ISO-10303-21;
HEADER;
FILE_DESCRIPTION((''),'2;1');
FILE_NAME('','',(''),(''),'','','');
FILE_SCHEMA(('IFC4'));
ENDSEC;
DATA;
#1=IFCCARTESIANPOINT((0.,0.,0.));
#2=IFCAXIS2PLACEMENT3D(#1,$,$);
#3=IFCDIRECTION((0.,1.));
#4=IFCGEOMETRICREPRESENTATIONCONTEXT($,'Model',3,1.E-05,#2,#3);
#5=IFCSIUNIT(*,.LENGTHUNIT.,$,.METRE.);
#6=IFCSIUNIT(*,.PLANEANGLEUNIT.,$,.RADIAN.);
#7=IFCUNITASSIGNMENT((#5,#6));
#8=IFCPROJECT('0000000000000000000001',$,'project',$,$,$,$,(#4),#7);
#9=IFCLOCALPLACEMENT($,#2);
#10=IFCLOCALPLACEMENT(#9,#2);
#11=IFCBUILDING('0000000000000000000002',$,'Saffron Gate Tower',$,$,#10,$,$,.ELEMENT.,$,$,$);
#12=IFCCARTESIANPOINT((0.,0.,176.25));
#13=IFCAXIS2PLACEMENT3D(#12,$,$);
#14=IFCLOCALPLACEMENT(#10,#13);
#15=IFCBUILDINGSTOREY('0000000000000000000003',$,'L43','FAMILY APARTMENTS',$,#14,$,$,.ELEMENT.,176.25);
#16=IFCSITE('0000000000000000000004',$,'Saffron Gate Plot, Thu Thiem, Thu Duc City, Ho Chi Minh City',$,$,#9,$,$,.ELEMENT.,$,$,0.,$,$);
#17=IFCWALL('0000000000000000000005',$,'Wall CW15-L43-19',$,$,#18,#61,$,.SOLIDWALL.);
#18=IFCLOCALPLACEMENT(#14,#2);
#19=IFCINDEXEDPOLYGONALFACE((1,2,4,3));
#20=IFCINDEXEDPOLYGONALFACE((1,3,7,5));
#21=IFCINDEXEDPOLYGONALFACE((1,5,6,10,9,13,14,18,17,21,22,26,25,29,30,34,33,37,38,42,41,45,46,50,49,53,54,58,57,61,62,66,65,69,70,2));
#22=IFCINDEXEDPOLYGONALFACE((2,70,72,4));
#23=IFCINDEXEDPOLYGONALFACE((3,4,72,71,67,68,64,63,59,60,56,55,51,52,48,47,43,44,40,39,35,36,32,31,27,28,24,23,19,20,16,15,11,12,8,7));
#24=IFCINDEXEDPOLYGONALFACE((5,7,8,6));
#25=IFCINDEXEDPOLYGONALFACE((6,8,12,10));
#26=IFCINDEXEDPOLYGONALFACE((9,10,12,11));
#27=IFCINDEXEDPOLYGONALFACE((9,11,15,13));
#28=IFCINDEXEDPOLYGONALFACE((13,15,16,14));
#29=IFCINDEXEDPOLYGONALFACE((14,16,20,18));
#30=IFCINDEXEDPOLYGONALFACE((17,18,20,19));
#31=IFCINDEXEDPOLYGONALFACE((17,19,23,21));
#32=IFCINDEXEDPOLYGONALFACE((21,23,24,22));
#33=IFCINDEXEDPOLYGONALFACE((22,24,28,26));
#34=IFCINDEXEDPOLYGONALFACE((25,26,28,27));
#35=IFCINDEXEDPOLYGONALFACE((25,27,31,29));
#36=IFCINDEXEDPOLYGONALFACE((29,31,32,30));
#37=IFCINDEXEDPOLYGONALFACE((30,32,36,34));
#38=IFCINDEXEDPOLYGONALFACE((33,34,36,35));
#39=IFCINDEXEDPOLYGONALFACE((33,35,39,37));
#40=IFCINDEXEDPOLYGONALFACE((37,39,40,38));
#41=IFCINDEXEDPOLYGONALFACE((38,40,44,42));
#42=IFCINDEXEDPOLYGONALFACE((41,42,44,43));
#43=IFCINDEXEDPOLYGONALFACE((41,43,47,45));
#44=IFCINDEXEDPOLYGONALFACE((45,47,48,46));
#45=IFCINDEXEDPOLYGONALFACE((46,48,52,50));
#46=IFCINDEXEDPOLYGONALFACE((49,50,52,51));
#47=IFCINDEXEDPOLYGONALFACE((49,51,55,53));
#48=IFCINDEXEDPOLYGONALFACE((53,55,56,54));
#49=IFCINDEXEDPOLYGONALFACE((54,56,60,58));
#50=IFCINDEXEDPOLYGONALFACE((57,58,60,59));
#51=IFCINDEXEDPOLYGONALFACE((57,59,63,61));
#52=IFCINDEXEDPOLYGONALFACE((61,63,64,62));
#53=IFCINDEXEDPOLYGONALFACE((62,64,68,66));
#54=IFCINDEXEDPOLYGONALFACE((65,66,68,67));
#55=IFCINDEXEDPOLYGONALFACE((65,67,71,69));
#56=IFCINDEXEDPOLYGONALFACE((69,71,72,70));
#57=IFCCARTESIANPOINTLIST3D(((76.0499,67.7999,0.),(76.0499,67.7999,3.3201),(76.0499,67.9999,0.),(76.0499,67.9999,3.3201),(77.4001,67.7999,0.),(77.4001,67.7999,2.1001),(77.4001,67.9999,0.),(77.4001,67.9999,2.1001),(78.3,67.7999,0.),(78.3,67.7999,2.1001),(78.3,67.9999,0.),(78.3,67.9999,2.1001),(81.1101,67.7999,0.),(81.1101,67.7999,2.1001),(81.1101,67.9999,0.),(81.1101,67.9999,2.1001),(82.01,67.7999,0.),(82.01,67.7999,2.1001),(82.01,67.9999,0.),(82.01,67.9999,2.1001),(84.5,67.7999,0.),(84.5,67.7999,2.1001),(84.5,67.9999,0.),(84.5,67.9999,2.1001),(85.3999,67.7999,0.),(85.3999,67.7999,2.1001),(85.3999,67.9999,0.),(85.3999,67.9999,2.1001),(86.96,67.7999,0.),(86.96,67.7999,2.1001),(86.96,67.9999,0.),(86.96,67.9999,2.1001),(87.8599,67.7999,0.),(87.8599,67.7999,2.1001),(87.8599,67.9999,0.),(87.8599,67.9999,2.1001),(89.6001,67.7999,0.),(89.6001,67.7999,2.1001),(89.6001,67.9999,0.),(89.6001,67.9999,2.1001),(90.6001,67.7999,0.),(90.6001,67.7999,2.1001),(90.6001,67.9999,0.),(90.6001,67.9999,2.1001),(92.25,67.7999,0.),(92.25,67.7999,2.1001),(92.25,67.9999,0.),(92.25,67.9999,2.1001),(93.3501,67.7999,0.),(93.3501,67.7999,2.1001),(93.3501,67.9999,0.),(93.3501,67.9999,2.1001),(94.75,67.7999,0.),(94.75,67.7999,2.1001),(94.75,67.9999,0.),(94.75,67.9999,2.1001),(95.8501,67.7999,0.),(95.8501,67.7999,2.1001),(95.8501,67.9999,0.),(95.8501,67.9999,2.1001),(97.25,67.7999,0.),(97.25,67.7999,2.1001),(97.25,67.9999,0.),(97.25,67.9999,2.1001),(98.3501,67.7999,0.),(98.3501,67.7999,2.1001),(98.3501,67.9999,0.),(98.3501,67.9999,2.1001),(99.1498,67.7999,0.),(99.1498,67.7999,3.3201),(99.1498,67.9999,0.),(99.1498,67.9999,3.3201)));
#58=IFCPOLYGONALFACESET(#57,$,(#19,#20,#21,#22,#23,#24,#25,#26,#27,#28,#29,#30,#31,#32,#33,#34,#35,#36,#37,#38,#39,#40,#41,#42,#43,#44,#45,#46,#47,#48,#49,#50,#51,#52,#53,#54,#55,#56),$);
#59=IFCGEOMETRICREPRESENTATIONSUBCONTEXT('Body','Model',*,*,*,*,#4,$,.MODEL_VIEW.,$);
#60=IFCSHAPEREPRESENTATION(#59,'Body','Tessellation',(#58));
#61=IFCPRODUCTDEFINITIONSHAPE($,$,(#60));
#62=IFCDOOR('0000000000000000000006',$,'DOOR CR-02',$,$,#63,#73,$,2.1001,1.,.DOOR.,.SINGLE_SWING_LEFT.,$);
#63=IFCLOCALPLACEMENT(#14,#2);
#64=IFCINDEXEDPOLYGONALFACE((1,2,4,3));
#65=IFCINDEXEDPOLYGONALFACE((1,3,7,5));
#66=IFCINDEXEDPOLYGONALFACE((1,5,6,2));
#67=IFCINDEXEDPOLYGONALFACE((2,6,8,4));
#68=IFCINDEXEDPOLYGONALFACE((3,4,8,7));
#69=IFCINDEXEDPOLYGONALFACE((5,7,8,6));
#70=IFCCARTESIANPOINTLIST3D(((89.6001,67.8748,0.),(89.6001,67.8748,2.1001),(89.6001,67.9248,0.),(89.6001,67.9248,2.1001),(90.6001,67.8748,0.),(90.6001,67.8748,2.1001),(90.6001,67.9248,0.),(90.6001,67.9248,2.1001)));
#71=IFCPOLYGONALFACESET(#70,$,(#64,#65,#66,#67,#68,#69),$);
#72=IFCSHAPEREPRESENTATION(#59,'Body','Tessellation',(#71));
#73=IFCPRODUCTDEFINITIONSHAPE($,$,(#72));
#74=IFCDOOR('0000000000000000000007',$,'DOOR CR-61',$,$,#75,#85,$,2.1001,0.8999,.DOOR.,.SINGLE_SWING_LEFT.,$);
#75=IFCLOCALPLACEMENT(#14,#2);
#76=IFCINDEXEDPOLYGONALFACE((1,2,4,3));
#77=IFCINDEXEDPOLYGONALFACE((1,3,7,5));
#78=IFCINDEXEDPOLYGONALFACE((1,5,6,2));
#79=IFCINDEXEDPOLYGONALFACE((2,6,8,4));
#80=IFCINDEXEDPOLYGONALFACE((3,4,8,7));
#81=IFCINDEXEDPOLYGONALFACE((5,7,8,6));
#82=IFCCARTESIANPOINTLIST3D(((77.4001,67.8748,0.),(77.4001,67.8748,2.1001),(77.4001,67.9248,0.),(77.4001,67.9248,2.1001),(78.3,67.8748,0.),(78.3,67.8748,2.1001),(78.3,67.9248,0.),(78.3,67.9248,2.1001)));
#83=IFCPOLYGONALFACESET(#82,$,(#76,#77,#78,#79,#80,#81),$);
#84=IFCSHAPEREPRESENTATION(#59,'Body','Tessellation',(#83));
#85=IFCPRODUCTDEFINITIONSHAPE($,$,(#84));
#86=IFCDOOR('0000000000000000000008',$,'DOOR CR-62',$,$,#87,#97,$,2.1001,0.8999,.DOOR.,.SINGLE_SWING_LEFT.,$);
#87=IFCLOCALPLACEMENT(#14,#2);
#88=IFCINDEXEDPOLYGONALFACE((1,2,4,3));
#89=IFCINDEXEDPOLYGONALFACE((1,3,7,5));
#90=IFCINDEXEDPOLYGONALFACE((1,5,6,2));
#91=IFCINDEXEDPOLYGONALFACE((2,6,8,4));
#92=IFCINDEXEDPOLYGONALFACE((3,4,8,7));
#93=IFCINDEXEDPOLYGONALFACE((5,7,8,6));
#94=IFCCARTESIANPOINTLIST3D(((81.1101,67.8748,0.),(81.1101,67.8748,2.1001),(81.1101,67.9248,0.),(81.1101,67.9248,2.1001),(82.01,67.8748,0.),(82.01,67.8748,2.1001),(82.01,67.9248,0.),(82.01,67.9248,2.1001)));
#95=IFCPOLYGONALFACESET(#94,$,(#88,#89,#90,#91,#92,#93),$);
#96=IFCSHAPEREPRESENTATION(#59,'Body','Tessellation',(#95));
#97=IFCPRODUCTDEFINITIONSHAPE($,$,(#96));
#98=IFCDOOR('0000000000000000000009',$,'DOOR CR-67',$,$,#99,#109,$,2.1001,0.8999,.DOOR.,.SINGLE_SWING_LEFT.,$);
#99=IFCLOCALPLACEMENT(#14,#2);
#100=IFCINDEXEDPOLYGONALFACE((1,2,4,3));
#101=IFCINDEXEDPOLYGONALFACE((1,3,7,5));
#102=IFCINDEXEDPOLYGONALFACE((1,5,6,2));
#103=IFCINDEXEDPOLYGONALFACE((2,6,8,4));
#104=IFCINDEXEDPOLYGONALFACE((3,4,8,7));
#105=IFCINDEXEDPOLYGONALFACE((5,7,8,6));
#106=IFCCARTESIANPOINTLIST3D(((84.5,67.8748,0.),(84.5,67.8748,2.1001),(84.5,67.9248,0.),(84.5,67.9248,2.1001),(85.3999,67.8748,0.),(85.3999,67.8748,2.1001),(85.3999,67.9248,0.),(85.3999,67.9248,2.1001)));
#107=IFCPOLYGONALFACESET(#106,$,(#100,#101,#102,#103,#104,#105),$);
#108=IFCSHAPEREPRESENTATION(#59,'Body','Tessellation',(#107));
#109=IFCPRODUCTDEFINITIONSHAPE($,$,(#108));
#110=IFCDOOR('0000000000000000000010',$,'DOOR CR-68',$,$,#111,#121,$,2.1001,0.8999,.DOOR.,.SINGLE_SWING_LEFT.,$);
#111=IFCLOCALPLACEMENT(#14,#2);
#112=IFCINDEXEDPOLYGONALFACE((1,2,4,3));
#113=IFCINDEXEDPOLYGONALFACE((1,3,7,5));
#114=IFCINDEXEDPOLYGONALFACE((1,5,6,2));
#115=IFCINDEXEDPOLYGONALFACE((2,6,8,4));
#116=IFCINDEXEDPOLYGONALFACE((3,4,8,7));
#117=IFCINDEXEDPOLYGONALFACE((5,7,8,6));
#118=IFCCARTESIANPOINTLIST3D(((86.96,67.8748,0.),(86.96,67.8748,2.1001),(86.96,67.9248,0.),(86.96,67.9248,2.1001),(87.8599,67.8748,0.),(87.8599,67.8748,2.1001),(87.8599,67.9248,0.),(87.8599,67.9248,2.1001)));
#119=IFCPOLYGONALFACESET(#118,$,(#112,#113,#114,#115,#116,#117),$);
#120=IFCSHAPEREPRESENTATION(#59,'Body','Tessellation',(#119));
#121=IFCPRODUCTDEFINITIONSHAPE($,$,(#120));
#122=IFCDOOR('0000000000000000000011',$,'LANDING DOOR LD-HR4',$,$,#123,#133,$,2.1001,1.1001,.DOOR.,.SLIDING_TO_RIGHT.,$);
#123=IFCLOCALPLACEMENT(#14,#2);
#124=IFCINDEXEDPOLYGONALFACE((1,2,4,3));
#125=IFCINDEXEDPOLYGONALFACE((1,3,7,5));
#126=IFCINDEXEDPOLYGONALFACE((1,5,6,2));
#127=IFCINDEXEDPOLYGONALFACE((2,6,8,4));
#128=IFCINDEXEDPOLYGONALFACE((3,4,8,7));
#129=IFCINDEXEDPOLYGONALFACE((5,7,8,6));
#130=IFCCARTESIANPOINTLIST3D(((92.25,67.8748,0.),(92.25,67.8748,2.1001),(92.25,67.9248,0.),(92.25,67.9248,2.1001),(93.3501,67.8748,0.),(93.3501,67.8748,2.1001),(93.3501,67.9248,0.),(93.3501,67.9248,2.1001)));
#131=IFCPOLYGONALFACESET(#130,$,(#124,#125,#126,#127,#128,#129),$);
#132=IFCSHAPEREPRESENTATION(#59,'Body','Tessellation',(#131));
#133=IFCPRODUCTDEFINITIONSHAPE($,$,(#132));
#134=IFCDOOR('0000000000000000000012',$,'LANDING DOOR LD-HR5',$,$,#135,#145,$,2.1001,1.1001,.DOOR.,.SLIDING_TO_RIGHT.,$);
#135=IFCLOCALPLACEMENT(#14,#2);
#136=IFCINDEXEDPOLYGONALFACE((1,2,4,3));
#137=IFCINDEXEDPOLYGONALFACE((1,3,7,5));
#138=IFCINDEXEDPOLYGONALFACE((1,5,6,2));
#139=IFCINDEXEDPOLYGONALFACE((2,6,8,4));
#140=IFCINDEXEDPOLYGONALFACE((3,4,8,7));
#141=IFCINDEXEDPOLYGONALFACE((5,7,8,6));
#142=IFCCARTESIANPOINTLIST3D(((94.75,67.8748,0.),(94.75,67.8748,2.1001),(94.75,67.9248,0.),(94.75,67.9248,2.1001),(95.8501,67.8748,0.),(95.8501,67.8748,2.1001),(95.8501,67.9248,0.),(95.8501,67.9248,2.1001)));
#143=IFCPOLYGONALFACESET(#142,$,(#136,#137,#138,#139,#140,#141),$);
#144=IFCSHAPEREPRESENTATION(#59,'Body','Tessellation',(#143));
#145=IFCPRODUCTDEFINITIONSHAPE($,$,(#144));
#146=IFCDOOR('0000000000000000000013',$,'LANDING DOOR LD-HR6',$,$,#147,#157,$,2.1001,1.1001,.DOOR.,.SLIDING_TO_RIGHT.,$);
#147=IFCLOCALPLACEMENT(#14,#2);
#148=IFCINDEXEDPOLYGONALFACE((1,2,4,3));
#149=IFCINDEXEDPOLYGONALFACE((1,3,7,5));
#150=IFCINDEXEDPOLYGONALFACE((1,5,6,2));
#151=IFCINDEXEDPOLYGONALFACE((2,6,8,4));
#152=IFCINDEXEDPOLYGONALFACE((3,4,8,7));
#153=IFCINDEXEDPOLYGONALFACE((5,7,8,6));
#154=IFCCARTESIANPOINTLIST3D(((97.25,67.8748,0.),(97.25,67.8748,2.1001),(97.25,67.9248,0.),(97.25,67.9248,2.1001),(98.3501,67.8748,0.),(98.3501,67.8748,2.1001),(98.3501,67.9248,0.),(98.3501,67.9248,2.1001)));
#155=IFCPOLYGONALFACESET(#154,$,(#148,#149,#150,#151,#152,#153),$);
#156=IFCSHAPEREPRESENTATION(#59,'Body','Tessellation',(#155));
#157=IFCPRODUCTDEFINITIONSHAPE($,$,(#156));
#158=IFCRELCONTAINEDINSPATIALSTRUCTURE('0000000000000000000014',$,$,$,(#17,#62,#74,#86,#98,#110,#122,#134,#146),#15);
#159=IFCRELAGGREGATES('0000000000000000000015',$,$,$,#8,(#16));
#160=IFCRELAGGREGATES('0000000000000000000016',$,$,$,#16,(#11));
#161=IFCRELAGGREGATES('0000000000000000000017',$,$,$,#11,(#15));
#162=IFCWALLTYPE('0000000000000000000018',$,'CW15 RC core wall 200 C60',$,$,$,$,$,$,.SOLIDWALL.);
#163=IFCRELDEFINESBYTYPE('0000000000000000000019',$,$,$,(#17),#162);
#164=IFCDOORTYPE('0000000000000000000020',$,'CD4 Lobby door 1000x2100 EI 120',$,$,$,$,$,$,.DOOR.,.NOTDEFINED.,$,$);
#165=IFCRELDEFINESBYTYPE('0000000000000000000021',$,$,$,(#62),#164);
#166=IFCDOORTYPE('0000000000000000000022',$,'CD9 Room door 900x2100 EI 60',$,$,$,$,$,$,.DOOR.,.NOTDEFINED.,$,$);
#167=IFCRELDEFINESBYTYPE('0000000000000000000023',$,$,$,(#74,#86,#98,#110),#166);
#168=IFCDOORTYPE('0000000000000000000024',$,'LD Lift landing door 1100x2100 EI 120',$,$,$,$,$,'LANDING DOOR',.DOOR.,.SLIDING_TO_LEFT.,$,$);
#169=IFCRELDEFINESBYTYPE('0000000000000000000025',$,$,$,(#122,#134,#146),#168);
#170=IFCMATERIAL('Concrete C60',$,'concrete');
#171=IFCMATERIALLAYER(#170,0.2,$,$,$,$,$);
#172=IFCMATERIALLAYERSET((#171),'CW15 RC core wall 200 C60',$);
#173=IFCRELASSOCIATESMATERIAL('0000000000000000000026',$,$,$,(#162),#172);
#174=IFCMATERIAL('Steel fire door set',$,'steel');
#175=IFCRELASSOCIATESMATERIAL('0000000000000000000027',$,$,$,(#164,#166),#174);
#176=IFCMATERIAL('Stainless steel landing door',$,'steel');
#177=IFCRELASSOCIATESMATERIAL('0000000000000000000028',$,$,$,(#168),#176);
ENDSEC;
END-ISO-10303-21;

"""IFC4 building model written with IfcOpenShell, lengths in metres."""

from ifc_helpers import new_model, si_unit, direction, frame, frame_2d, origin, place, context, subcontext, project, spatial, rectangle, extrude, material, layer, layer_set, type_object, element, fill, save


model = new_model("IFC4")

# Units and contexts
model_context = context("Model", 3, precision=1e-05, world=origin(), true_north=direction((0.0, 1.0)))
body_context = subcontext(model_context, "Body", "Model", "MODEL_VIEW")
ifc_project = project(units=[si_unit("LENGTHUNIT", "METRE"), si_unit("PLANEANGLEUNIT", "RADIAN")], contexts=[model_context])

# Site, building, storey
site_placement = place(None, origin())
site = spatial("IfcSite", under=ifc_project, at=site_placement, Name="Saffron Gate Plot, Thu Thiem, Thu Duc City, Ho Chi Minh City", CompositionType="ELEMENT", RefElevation=0.0)
building_placement = place(site_placement, origin())
building = spatial("IfcBuilding", under=site, at=building_placement, Name="Saffron Gate Tower", CompositionType="ELEMENT")
storey_placement = place(building_placement, frame((0.0, 0.0, 176.25)))
storey = spatial("IfcBuildingStorey", under=building, at=storey_placement, Name="L43", Description="FAMILY APARTMENTS", CompositionType="ELEMENT", Elevation=176.25)

# Shared definitions
ifc_material_1 = material(Name="Concrete C60", Category="concrete")

# Wall, openings, doors
ifc_layer_1 = layer(ifc_material_1, 0.2)
ifc_layer_set_1 = layer_set([ifc_layer_1], Name="CW15 RC core wall 200 C60")
wall_type_1 = type_object("IfcWallType", Name="CW15 RC core wall 200 C60", PredefinedType="SOLIDWALL", material=ifc_layer_set_1)
wall_1_placement = place(storey_placement, frame((76.05, 67.8999, 0.0), z_axis=(0.0, 0.0, 1.0), x_axis=(1.0, 0.0, 0.0)))
wall_1 = element("IfcWall", 1, at=wall_1_placement, inside=storey, type_object=wall_type_1, Name="Wall CW15-L43-19", PredefinedType="SOLIDWALL", context=body_context, shape_type="SweptSolid", body=[
    extrude(rectangle(XDim=23.0999, YDim=0.2, at=frame_2d((11.5498, 0.0))), origin(), (0.0, 0.0, 1.0), 3.3201),
])
opening_1_placement = place(wall_1_placement, frame((1.3501, 0.0, 0.0)))
opening_1 = element("IfcOpeningElement", 2, at=opening_1_placement, cuts=wall_1, PredefinedType="OPENING", context=body_context, shape_type="SweptSolid", body=[
    extrude(rectangle(XDim=0.8999, YDim=2.1001, at=frame_2d((0.45, 1.05))), frame((0.0, 0.1099, 0.0), z_axis=(0.0, -1.0, 0.0), x_axis=(1.0, 0.0, 0.0)), (0.0, 0.0, 1.0), 0.22),
])
opening_2_placement = place(wall_1_placement, frame((5.0601, 0.0, 0.0)))
opening_2 = element("IfcOpeningElement", 3, at=opening_2_placement, cuts=wall_1, PredefinedType="OPENING", context=body_context, shape_type="SweptSolid", body=[
    extrude(rectangle(XDim=0.8999, YDim=2.1001, at=frame_2d((0.45, 1.05))), frame((0.0, 0.1099, 0.0), z_axis=(0.0, -1.0, 0.0), x_axis=(1.0, 0.0, 0.0)), (0.0, 0.0, 1.0), 0.22),
])
opening_3_placement = place(wall_1_placement, frame((8.45, 0.0, 0.0)))
opening_3 = element("IfcOpeningElement", 4, at=opening_3_placement, cuts=wall_1, PredefinedType="OPENING", context=body_context, shape_type="SweptSolid", body=[
    extrude(rectangle(XDim=0.8999, YDim=2.1001, at=frame_2d((0.45, 1.05))), frame((0.0, 0.1099, 0.0), z_axis=(0.0, -1.0, 0.0), x_axis=(1.0, 0.0, 0.0)), (0.0, 0.0, 1.0), 0.22),
])
opening_4_placement = place(wall_1_placement, frame((10.9099, 0.0, 0.0)))
opening_4 = element("IfcOpeningElement", 5, at=opening_4_placement, cuts=wall_1, PredefinedType="OPENING", context=body_context, shape_type="SweptSolid", body=[
    extrude(rectangle(XDim=0.8999, YDim=2.1001, at=frame_2d((0.45, 1.05))), frame((0.0, 0.1099, 0.0), z_axis=(0.0, -1.0, 0.0), x_axis=(1.0, 0.0, 0.0)), (0.0, 0.0, 1.0), 0.22),
])
opening_5_placement = place(wall_1_placement, frame((13.55, 0.0, 0.0)))
opening_5 = element("IfcOpeningElement", 6, at=opening_5_placement, cuts=wall_1, PredefinedType="OPENING", context=body_context, shape_type="SweptSolid", body=[
    extrude(rectangle(XDim=1.0, YDim=2.1001, at=frame_2d((0.5, 1.05))), frame((0.0, 0.1099, 0.0), z_axis=(0.0, -1.0, 0.0), x_axis=(1.0, 0.0, 0.0)), (0.0, 0.0, 1.0), 0.22),
])
opening_6_placement = place(wall_1_placement, frame((16.2, 0.0, 0.0)))
opening_6 = element("IfcOpeningElement", 7, at=opening_6_placement, cuts=wall_1, PredefinedType="OPENING", context=body_context, shape_type="SweptSolid", body=[
    extrude(rectangle(XDim=1.1001, YDim=2.1001, at=frame_2d((0.55, 1.05))), frame((0.0, 0.1099, 0.0), z_axis=(0.0, -1.0, 0.0), x_axis=(1.0, 0.0, 0.0)), (0.0, 0.0, 1.0), 0.22),
])
opening_7_placement = place(wall_1_placement, frame((18.7, 0.0, 0.0)))
opening_7 = element("IfcOpeningElement", 8, at=opening_7_placement, cuts=wall_1, PredefinedType="OPENING", context=body_context, shape_type="SweptSolid", body=[
    extrude(rectangle(XDim=1.1001, YDim=2.1001, at=frame_2d((0.55, 1.05))), frame((0.0, 0.1099, 0.0), z_axis=(0.0, -1.0, 0.0), x_axis=(1.0, 0.0, 0.0)), (0.0, 0.0, 1.0), 0.22),
])
opening_8_placement = place(wall_1_placement, frame((21.2, 0.0, 0.0)))
opening_8 = element("IfcOpeningElement", 9, at=opening_8_placement, cuts=wall_1, PredefinedType="OPENING", context=body_context, shape_type="SweptSolid", body=[
    extrude(rectangle(XDim=1.1001, YDim=2.1001, at=frame_2d((0.55, 1.05))), frame((0.0, 0.1099, 0.0), z_axis=(0.0, -1.0, 0.0), x_axis=(1.0, 0.0, 0.0)), (0.0, 0.0, 1.0), 0.22),
])
ifc_material_2 = material(Name="Steel fire door set", Category="steel")
door_type_1 = type_object("IfcDoorType", Name="CD4 Lobby door 1000x2100 EI 120", OperationType="NOTDEFINED", PredefinedType="DOOR", material=ifc_material_2)
door_1_placement = place(opening_5_placement, origin())
door_1 = element("IfcDoor", 10, at=door_1_placement, inside=storey, type_object=door_type_1, Name="DOOR CR-02", OperationType="SINGLE_SWING_LEFT", OverallHeight=2.1001, OverallWidth=1.0, PredefinedType="DOOR", context=body_context, shape_type="SweptSolid", body=[
    extrude(rectangle(XDim=1.0, YDim=2.1001, at=frame_2d((0.5, 1.05))), frame((0.0, 0.0249, 0.0), z_axis=(0.0, -1.0, 0.0), x_axis=(1.0, 0.0, 0.0)), (0.0, 0.0, 1.0), 0.05),
])
fill(opening_5, door_1)
door_type_2 = type_object("IfcDoorType", Name="CD9 Room door 900x2100 EI 60", OperationType="NOTDEFINED", PredefinedType="DOOR", material=ifc_material_2)
door_2_placement = place(opening_1_placement, origin())
door_2 = element("IfcDoor", 11, at=door_2_placement, inside=storey, type_object=door_type_2, Name="DOOR CR-61", OperationType="SINGLE_SWING_LEFT", OverallHeight=2.1001, OverallWidth=0.8999, PredefinedType="DOOR", context=body_context, shape_type="SweptSolid", body=[
    extrude(rectangle(XDim=0.8999, YDim=2.1001, at=frame_2d((0.45, 1.05))), frame((0.0, 0.0249, 0.0), z_axis=(0.0, -1.0, 0.0), x_axis=(1.0, 0.0, 0.0)), (0.0, 0.0, 1.0), 0.05),
])
fill(opening_1, door_2)
door_3_placement = place(opening_2_placement, origin())
door_3 = element("IfcDoor", 12, at=door_3_placement, inside=storey, type_object=door_type_2, Name="DOOR CR-62", OperationType="SINGLE_SWING_LEFT", OverallHeight=2.1001, OverallWidth=0.8999, PredefinedType="DOOR", context=body_context, shape_type="SweptSolid", body=[
    extrude(rectangle(XDim=0.8999, YDim=2.1001, at=frame_2d((0.45, 1.05))), frame((0.0, 0.0249, 0.0), z_axis=(0.0, -1.0, 0.0), x_axis=(1.0, 0.0, 0.0)), (0.0, 0.0, 1.0), 0.05),
])
fill(opening_2, door_3)
door_4_placement = place(opening_3_placement, origin())
door_4 = element("IfcDoor", 13, at=door_4_placement, inside=storey, type_object=door_type_2, Name="DOOR CR-67", OperationType="SINGLE_SWING_LEFT", OverallHeight=2.1001, OverallWidth=0.8999, PredefinedType="DOOR", context=body_context, shape_type="SweptSolid", body=[
    extrude(rectangle(XDim=0.8999, YDim=2.1001, at=frame_2d((0.45, 1.05))), frame((0.0, 0.0249, 0.0), z_axis=(0.0, -1.0, 0.0), x_axis=(1.0, 0.0, 0.0)), (0.0, 0.0, 1.0), 0.05),
])
fill(opening_3, door_4)
door_5_placement = place(opening_4_placement, origin())
door_5 = element("IfcDoor", 14, at=door_5_placement, inside=storey, type_object=door_type_2, Name="DOOR CR-68", OperationType="SINGLE_SWING_LEFT", OverallHeight=2.1001, OverallWidth=0.8999, PredefinedType="DOOR", context=body_context, shape_type="SweptSolid", body=[
    extrude(rectangle(XDim=0.8999, YDim=2.1001, at=frame_2d((0.45, 1.05))), frame((0.0, 0.0249, 0.0), z_axis=(0.0, -1.0, 0.0), x_axis=(1.0, 0.0, 0.0)), (0.0, 0.0, 1.0), 0.05),
])
fill(opening_4, door_5)
ifc_material_3 = material(Name="Stainless steel landing door", Category="steel")
door_type_3 = type_object("IfcDoorType", Name="LD Lift landing door 1100x2100 EI 120", ElementType="LANDING DOOR", OperationType="SLIDING_TO_LEFT", PredefinedType="DOOR", material=ifc_material_3)
door_6_placement = place(opening_6_placement, origin())
door_6 = element("IfcDoor", 15, at=door_6_placement, inside=storey, type_object=door_type_3, Name="LANDING DOOR LD-HR4", OperationType="SLIDING_TO_RIGHT", OverallHeight=2.1001, OverallWidth=1.1001, PredefinedType="DOOR", context=body_context, shape_type="SweptSolid", body=[
    extrude(rectangle(XDim=1.1001, YDim=2.1001, at=frame_2d((0.55, 1.05))), frame((0.0, 0.0249, 0.0), z_axis=(0.0, -1.0, 0.0), x_axis=(1.0, 0.0, 0.0)), (0.0, 0.0, 1.0), 0.05),
])
fill(opening_6, door_6)
door_7_placement = place(opening_7_placement, origin())
door_7 = element("IfcDoor", 16, at=door_7_placement, inside=storey, type_object=door_type_3, Name="LANDING DOOR LD-HR5", OperationType="SLIDING_TO_RIGHT", OverallHeight=2.1001, OverallWidth=1.1001, PredefinedType="DOOR", context=body_context, shape_type="SweptSolid", body=[
    extrude(rectangle(XDim=1.1001, YDim=2.1001, at=frame_2d((0.55, 1.05))), frame((0.0, 0.0249, 0.0), z_axis=(0.0, -1.0, 0.0), x_axis=(1.0, 0.0, 0.0)), (0.0, 0.0, 1.0), 0.05),
])
fill(opening_7, door_7)
door_8_placement = place(opening_8_placement, origin())
door_8 = element("IfcDoor", 17, at=door_8_placement, inside=storey, type_object=door_type_3, Name="LANDING DOOR LD-HR6", OperationType="SLIDING_TO_RIGHT", OverallHeight=2.1001, OverallWidth=1.1001, PredefinedType="DOOR", context=body_context, shape_type="SweptSolid", body=[
    extrude(rectangle(XDim=1.1001, YDim=2.1001, at=frame_2d((0.55, 1.05))), frame((0.0, 0.0249, 0.0), z_axis=(0.0, -1.0, 0.0), x_axis=(1.0, 0.0, 0.0)), (0.0, 0.0, 1.0), 0.05),
])
fill(opening_8, door_8)

save(model, "model.ifc")
